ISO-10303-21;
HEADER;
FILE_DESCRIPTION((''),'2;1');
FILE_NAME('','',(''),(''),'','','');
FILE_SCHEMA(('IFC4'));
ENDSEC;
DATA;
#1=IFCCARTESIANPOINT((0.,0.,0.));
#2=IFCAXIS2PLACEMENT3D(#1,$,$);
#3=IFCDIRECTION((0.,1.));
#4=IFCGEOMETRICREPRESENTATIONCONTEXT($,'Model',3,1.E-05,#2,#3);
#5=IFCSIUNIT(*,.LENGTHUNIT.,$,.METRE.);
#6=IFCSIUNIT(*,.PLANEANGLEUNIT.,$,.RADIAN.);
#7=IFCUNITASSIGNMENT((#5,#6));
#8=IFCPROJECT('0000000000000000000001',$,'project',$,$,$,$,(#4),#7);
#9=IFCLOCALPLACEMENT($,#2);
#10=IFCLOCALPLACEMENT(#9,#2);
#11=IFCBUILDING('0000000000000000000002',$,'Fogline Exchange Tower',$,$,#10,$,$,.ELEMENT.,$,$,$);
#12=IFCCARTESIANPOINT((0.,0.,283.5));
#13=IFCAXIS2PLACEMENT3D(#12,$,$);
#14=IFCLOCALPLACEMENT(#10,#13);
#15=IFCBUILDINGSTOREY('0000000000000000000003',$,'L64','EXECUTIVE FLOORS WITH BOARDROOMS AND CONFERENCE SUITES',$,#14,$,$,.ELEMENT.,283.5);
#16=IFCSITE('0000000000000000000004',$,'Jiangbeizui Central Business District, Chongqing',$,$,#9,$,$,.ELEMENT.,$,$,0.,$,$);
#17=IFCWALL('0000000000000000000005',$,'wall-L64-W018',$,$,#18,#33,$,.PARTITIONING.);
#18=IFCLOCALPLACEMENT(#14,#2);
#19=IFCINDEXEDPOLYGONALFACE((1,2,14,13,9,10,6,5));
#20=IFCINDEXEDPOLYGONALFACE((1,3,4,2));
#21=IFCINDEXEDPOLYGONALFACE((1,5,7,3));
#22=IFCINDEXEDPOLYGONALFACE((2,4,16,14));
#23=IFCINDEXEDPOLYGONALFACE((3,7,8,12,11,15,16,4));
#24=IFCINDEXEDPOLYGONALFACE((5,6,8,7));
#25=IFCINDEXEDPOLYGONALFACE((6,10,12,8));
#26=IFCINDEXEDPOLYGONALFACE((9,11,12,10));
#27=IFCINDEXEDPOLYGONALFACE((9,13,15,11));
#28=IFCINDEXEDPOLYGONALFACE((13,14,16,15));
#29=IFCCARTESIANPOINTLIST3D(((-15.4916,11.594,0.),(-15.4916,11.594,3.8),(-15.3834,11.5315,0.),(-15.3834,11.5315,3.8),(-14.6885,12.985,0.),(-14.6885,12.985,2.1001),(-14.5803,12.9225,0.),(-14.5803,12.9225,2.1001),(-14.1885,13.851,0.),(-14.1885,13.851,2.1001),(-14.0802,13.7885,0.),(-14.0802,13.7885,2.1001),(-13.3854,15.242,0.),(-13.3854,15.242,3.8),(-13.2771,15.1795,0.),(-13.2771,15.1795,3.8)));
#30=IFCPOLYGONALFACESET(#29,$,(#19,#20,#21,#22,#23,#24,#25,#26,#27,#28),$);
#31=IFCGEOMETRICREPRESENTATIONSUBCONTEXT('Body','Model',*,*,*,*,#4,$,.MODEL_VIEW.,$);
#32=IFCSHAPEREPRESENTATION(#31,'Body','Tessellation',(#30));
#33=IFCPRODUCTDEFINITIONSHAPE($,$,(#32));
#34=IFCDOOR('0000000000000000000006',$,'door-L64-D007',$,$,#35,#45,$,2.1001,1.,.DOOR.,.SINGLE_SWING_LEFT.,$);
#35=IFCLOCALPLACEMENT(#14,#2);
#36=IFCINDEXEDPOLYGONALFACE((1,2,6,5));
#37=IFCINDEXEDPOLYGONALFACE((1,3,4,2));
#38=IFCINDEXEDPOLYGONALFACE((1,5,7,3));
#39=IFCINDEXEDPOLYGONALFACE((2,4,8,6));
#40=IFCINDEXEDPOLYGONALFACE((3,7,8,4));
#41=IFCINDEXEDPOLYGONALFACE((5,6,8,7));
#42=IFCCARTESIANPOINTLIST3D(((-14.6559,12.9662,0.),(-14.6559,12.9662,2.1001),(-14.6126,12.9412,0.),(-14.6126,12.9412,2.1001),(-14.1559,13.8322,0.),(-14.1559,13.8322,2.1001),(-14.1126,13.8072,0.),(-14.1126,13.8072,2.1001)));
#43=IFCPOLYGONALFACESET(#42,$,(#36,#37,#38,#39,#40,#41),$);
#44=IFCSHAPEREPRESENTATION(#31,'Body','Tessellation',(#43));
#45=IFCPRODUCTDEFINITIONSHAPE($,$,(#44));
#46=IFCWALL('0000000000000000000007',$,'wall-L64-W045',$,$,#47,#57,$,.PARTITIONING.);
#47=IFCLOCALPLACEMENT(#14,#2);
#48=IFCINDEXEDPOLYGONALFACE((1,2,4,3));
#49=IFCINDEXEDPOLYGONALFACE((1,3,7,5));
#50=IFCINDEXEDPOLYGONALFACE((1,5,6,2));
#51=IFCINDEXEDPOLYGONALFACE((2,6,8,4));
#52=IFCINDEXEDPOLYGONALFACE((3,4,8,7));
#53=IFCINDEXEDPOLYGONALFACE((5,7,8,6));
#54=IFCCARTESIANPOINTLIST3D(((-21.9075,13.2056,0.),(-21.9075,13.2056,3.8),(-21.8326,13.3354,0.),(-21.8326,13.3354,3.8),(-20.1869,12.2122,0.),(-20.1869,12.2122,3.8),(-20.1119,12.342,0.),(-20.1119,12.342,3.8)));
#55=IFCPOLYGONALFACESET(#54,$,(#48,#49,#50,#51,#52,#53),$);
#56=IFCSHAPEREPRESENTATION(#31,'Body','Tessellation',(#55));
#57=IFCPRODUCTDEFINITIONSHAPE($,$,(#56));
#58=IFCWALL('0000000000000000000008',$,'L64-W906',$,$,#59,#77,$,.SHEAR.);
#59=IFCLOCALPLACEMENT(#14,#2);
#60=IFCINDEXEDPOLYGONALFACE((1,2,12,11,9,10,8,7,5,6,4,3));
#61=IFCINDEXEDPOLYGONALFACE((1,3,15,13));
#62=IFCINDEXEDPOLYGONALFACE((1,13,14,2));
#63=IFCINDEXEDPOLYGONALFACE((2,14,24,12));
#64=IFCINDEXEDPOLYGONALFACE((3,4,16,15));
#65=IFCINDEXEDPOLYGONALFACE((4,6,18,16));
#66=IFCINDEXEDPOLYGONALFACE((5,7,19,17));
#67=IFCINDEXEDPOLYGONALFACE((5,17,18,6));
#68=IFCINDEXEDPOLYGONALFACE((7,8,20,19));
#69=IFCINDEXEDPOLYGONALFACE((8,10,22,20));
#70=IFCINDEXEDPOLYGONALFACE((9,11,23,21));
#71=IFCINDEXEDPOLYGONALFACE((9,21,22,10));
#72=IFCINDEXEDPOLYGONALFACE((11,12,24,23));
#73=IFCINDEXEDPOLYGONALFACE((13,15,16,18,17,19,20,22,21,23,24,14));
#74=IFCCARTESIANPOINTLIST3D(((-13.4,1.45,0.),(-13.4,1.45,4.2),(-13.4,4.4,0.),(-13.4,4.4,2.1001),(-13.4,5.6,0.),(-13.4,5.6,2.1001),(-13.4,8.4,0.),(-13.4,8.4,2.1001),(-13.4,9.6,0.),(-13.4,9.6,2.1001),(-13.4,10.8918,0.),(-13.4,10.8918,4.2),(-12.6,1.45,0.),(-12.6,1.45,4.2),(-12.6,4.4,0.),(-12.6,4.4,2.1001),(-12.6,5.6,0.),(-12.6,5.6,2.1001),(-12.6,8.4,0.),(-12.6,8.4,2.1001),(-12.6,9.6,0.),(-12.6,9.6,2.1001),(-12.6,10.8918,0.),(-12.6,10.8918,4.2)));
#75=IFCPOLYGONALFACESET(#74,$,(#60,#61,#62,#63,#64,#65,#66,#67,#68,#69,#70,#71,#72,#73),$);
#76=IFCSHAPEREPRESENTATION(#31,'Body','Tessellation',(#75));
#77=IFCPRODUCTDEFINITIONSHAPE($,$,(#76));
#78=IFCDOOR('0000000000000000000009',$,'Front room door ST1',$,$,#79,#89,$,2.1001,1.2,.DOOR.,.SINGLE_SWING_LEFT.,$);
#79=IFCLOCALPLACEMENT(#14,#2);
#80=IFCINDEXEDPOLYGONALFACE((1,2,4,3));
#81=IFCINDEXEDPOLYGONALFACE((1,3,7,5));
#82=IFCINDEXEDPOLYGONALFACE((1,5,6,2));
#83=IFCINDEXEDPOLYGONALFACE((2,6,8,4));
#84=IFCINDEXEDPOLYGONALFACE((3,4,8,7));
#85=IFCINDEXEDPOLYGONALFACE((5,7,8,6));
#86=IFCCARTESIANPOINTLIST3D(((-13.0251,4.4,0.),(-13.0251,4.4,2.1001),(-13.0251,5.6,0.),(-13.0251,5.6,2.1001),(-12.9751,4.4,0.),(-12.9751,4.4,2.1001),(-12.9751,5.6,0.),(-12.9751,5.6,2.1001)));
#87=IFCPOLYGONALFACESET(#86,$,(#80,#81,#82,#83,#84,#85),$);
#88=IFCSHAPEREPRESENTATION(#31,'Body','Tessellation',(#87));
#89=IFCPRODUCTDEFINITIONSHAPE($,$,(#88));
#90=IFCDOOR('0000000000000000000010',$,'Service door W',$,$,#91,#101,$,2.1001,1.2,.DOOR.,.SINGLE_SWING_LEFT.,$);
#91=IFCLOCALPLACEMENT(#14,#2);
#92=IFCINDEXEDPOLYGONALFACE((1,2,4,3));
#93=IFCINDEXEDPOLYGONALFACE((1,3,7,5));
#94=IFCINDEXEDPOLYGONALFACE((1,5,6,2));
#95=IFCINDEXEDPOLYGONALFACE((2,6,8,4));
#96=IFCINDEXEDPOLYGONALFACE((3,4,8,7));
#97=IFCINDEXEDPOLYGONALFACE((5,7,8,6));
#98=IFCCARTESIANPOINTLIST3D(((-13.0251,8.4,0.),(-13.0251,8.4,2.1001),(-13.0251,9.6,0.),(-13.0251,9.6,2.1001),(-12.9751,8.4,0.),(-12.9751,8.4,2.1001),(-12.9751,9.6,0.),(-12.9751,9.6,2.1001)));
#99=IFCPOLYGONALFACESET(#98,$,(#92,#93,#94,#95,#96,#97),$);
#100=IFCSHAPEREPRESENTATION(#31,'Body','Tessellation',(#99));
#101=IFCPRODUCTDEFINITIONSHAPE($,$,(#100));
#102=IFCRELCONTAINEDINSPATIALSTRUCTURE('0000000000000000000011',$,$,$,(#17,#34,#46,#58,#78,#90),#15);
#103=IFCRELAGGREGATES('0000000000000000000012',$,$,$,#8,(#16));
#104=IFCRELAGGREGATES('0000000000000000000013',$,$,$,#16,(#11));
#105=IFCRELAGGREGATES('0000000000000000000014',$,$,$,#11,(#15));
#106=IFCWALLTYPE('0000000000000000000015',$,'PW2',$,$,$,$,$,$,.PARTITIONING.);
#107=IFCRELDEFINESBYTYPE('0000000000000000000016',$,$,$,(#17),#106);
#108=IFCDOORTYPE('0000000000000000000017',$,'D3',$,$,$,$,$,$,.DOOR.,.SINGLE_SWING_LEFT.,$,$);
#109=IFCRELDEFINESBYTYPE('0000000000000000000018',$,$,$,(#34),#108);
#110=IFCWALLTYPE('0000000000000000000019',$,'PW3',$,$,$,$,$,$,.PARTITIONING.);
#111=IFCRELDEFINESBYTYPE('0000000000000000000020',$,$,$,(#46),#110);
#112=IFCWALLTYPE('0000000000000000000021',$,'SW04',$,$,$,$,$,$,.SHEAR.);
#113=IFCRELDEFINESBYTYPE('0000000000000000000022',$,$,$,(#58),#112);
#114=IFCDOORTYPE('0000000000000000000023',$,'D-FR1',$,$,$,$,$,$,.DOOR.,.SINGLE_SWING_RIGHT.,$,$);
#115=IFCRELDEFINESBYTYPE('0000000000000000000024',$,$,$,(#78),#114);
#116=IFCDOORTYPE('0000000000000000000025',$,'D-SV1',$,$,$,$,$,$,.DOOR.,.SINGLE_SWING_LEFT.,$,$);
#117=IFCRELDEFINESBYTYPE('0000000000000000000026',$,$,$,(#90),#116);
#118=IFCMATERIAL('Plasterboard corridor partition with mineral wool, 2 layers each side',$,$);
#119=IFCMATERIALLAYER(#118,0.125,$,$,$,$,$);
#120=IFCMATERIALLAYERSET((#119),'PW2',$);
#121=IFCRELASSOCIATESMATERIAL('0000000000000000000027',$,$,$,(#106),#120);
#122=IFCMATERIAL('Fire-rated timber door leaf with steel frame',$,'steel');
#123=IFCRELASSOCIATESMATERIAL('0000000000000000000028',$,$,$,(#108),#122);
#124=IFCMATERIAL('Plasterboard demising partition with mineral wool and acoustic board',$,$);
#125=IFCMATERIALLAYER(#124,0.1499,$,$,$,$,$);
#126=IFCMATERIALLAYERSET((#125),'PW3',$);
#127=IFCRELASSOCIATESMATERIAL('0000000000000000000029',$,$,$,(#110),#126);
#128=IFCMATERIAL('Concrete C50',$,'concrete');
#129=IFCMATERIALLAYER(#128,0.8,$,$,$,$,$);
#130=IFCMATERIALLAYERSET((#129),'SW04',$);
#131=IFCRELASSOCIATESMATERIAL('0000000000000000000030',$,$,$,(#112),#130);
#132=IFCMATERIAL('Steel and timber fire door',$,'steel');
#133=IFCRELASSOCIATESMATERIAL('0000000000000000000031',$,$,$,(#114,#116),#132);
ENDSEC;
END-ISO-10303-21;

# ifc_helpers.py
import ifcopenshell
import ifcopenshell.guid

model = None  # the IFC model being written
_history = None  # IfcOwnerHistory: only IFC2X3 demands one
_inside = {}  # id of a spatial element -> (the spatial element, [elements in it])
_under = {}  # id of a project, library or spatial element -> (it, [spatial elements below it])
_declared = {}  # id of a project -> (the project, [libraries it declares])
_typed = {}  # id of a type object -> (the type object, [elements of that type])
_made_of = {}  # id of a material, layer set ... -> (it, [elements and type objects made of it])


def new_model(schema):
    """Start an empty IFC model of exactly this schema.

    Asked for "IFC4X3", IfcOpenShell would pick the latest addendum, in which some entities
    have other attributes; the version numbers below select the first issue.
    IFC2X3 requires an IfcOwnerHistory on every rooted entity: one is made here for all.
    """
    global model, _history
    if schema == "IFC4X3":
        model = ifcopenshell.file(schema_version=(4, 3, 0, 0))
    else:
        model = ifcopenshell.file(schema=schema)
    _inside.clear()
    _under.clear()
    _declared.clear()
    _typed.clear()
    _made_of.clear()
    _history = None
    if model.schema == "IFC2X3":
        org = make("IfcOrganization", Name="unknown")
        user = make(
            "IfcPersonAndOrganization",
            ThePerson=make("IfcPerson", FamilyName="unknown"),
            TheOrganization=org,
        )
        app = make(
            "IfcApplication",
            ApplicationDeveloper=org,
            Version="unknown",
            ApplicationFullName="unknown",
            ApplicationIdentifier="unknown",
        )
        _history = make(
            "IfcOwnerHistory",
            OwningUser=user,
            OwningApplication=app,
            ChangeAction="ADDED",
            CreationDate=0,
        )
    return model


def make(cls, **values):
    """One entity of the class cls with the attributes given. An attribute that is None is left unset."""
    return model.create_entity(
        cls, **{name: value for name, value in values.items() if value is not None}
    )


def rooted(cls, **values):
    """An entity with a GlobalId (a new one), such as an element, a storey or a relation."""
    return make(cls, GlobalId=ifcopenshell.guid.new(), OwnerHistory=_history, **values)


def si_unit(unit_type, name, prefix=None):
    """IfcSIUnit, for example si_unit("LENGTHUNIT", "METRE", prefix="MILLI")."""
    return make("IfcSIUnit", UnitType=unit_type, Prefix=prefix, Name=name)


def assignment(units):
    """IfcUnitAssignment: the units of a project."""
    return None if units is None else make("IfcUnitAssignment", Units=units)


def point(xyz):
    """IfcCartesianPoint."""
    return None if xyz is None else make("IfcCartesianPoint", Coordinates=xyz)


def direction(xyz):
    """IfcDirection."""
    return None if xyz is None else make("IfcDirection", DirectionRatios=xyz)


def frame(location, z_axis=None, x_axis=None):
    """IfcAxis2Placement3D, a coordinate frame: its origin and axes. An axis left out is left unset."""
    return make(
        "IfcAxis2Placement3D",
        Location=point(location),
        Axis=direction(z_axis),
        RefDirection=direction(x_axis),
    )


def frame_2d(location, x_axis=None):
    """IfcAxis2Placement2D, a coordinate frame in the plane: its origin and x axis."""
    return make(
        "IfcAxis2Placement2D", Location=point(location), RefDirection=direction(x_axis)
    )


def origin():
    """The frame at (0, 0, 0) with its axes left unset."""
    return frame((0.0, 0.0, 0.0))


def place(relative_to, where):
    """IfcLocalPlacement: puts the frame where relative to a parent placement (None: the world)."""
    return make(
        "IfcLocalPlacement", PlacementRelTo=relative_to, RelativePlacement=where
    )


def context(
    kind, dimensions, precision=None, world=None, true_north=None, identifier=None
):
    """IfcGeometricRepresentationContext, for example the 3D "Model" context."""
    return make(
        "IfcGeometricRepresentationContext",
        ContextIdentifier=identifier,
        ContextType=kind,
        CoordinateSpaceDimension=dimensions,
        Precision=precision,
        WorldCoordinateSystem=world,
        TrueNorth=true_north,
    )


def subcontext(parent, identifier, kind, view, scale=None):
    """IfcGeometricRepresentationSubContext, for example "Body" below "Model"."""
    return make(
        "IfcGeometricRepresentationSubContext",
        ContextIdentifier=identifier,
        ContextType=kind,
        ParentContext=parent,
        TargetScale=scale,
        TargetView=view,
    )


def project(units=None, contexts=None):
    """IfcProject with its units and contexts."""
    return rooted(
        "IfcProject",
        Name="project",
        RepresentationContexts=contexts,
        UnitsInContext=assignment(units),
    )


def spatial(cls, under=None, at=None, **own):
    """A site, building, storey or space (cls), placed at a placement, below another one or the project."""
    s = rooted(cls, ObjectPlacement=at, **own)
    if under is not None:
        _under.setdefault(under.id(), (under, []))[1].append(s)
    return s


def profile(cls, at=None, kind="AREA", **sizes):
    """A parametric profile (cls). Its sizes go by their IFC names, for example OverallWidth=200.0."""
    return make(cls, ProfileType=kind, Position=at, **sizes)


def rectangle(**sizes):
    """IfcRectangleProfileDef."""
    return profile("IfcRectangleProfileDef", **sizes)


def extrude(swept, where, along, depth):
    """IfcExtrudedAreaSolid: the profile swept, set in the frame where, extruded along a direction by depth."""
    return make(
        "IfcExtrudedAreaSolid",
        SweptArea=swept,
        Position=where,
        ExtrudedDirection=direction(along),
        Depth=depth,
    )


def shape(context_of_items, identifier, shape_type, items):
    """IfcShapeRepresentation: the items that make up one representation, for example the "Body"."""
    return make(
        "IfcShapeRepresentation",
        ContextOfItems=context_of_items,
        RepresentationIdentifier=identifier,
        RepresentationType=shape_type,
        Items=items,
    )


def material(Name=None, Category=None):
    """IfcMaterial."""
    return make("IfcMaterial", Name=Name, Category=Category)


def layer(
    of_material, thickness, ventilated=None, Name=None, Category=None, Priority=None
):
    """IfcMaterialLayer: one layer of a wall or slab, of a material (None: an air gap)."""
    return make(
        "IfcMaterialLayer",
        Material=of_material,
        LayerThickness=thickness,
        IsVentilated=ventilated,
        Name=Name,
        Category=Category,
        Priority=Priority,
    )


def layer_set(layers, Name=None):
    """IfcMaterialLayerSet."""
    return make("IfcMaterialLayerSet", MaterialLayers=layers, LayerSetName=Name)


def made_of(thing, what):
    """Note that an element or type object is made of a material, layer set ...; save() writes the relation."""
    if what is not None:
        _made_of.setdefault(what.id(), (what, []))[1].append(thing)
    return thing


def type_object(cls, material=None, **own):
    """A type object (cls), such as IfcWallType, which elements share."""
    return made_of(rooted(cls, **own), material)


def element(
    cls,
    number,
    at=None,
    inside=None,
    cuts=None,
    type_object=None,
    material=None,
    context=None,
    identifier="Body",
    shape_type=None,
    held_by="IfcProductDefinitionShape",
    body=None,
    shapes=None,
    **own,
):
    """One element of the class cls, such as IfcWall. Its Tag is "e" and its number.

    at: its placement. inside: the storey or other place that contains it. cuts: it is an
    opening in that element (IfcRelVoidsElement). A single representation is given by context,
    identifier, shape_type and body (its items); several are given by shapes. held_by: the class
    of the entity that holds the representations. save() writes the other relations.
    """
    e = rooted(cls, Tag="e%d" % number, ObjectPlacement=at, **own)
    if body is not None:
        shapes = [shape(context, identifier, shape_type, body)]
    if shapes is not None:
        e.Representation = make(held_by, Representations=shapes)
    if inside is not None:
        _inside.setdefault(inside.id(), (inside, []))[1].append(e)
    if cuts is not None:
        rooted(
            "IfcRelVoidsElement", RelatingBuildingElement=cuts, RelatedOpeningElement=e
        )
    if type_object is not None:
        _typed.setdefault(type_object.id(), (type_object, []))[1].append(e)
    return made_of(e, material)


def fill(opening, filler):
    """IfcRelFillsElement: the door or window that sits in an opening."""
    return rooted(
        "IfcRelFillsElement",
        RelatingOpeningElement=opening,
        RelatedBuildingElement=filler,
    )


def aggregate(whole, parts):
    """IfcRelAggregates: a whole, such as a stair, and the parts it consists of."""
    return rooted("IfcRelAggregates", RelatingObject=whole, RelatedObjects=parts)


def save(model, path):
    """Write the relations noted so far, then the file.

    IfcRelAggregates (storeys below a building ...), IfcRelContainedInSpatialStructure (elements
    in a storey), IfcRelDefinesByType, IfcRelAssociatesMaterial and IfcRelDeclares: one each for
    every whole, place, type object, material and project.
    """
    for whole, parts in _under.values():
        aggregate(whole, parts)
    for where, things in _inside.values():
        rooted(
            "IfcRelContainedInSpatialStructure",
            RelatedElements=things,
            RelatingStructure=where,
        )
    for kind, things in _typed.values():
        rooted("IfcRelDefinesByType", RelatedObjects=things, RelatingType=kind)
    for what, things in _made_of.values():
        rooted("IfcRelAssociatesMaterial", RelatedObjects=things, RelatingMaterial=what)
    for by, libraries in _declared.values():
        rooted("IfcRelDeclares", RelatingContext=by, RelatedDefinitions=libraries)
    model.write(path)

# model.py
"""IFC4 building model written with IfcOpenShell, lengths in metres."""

from ifc_helpers import new_model, si_unit, direction, frame, frame_2d, origin, place, context, subcontext, project, spatial, rectangle, extrude, material, layer, layer_set, type_object, element, fill, save


model = new_model("IFC4")

# Units and contexts
model_context = context("Model", 3, precision=1e-05, world=origin(), true_north=direction((0.0, 1.0)))
body_context = subcontext(model_context, "Body", "Model", "MODEL_VIEW")
ifc_project = project(units=[si_unit("LENGTHUNIT", "METRE"), si_unit("PLANEANGLEUNIT", "RADIAN")], contexts=[model_context])

# Site, building, storey
site_placement = place(None, origin())
site = spatial("IfcSite", under=ifc_project, at=site_placement, Name="Jiangbeizui Central Business District, Chongqing", CompositionType="ELEMENT", RefElevation=0.0)
building_placement = place(site_placement, origin())
building = spatial("IfcBuilding", under=site, at=building_placement, Name="Fogline Exchange Tower", CompositionType="ELEMENT")
storey_placement = place(building_placement, frame((0.0, 0.0, 283.5)))
storey = spatial("IfcBuildingStorey", under=building, at=storey_placement, Name="L64", Description="EXECUTIVE FLOORS WITH BOARDROOMS AND CONFERENCE SUITES", CompositionType="ELEMENT", Elevation=283.5)

# Shared definitions
ifc_material_1 = material(Name="Plasterboard corridor partition with mineral wool, 2 layers each side")
ifc_layer_1 = layer(ifc_material_1, 0.125)
ifc_layer_set_1 = layer_set([ifc_layer_1], Name="PW2")
wall_type_1 = type_object("IfcWallType", Name="PW2", PredefinedType="PARTITIONING", material=ifc_layer_set_1)
ifc_material_2 = material(Name="Fire-rated timber door leaf with steel frame", Category="steel")
door_type_1 = type_object("IfcDoorType", Name="D3", OperationType="SINGLE_SWING_LEFT", PredefinedType="DOOR", material=ifc_material_2)

# Wall, opening, door
wall_1_placement = place(storey_placement, frame((-15.4375, 11.5627, 0.0), z_axis=(0.0, 0.0, 1.0), x_axis=(0.50001, 0.86602, 0.0)))
wall_1 = element("IfcWall", 1, at=wall_1_placement, inside=storey, type_object=wall_type_1, Name="wall-L64-W018", PredefinedType="PARTITIONING", context=body_context, shape_type="SweptSolid", body=[
    extrude(rectangle(XDim=4.2124, YDim=0.125, at=frame_2d((2.1062, 0.0))), origin(), (0.0, 0.0, 1.0), 3.8),
])
opening_1_placement = place(wall_1_placement, frame((1.6062, 0.0, 0.0)))
opening_1 = element("IfcOpeningElement", 2, at=opening_1_placement, cuts=wall_1, PredefinedType="OPENING", context=body_context, shape_type="SweptSolid", body=[
    extrude(rectangle(XDim=1.0, YDim=2.1001, at=frame_2d((0.5, 1.05))), frame((0.0, 0.0725, 0.0), z_axis=(0.0, -1.0, 0.0), x_axis=(1.0, 0.0, 0.0)), (0.0, 0.0, 1.0), 0.145),
])
door_1_placement = place(opening_1_placement, origin())
door_1 = element("IfcDoor", 3, at=door_1_placement, inside=storey, type_object=door_type_1, Name="door-L64-D007", OperationType="SINGLE_SWING_LEFT", OverallHeight=2.1001, OverallWidth=1.0, PredefinedType="DOOR", context=body_context, shape_type="SweptSolid", body=[
    extrude(rectangle(XDim=1.0, YDim=2.1001, at=frame_2d((0.5, 1.05))), frame((0.0, 0.0249, 0.0), z_axis=(0.0, -1.0, 0.0), x_axis=(1.0, 0.0, 0.0)), (0.0, 0.0, 1.0), 0.05),
])
fill(opening_1, door_1)

# Wall
ifc_material_3 = material(Name="Plasterboard demising partition with mineral wool and acoustic board")
ifc_layer_2 = layer(ifc_material_3, 0.1499)
ifc_layer_set_2 = layer_set([ifc_layer_2], Name="PW3")
wall_type_2 = type_object("IfcWallType", Name="PW3", PredefinedType="PARTITIONING", material=ifc_layer_set_2)
wall_2_placement = place(storey_placement, frame((-20.1494, 12.2771, 0.0), z_axis=(0.0, 0.0, 1.0), x_axis=(-0.866034, 0.499985, 0.0)))
element("IfcWall", 4, at=wall_2_placement, inside=storey, type_object=wall_type_2, Name="wall-L64-W045", PredefinedType="PARTITIONING", context=body_context, shape_type="SweptSolid", body=[
    extrude(rectangle(XDim=1.9868, YDim=0.1499, at=frame_2d((0.9934, 0.0))), origin(), (0.0, 0.0, 1.0), 3.8),
])

# Wall, openings, doors
ifc_material_4 = material(Name="Concrete C50", Category="concrete")
ifc_layer_3 = layer(ifc_material_4, 0.8)
ifc_layer_set_3 = layer_set([ifc_layer_3], Name="SW04")
wall_type_3 = type_object("IfcWallType", Name="SW04", PredefinedType="SHEAR", material=ifc_layer_set_3)
wall_3_placement = place(storey_placement, frame((-13.0, 10.8918, 0.0), z_axis=(0.0, 0.0, 1.0), x_axis=(0.0, -1.0, 0.0)))
wall_3 = element("IfcWall", 5, at=wall_3_placement, inside=storey, type_object=wall_type_3, Name="L64-W906", PredefinedType="SHEAR", context=body_context, shape_type="SweptSolid", body=[
    extrude(rectangle(XDim=9.4419, YDim=0.8, at=frame_2d((4.7209, 0.0))), origin(), (0.0, 0.0, 1.0), 4.2),
])
opening_2_placement = place(wall_3_placement, frame((5.2917, 0.0, 0.0)))
opening_2 = element("IfcOpeningElement", 6, at=opening_2_placement, cuts=wall_3, PredefinedType="OPENING", context=body_context, shape_type="SweptSolid", body=[
    extrude(rectangle(XDim=1.2, YDim=2.1001, at=frame_2d((0.6001, 1.05))), frame((0.0, 0.4102, 0.0), z_axis=(0.0, -1.0, 0.0), x_axis=(1.0, 0.0, 0.0)), (0.0, 0.0, 1.0), 0.8201),
])
opening_3_placement = place(wall_3_placement, frame((1.2917, 0.0, 0.0)))
opening_3 = element("IfcOpeningElement", 7, at=opening_3_placement, cuts=wall_3, PredefinedType="OPENING", context=body_context, shape_type="SweptSolid", body=[
    extrude(rectangle(XDim=1.2, YDim=2.1001, at=frame_2d((0.6001, 1.05))), frame((0.0, 0.4102, 0.0), z_axis=(0.0, -1.0, 0.0), x_axis=(1.0, 0.0, 0.0)), (0.0, 0.0, 1.0), 0.8201),
])
ifc_material_5 = material(Name="Steel and timber fire door", Category="steel")
door_type_2 = type_object("IfcDoorType", Name="D-FR1", OperationType="SINGLE_SWING_RIGHT", PredefinedType="DOOR", material=ifc_material_5)
door_2_placement = place(opening_2_placement, origin())
door_2 = element("IfcDoor", 8, at=door_2_placement, inside=storey, type_object=door_type_2, Name="Front room door ST1", OperationType="SINGLE_SWING_LEFT", OverallHeight=2.1001, OverallWidth=1.2, PredefinedType="DOOR", context=body_context, shape_type="SweptSolid", body=[
    extrude(rectangle(XDim=1.2, YDim=2.1001, at=frame_2d((0.6001, 1.05))), frame((0.0, 0.0249, 0.0), z_axis=(0.0, -1.0, 0.0), x_axis=(1.0, 0.0, 0.0)), (0.0, 0.0, 1.0), 0.05),
])
fill(opening_2, door_2)
door_type_3 = type_object("IfcDoorType", Name="D-SV1", OperationType="SINGLE_SWING_LEFT", PredefinedType="DOOR", material=ifc_material_5)
door_3_placement = place(opening_3_placement, origin())
door_3 = element("IfcDoor", 9, at=door_3_placement, inside=storey, type_object=door_type_3, Name="Service door W", OperationType="SINGLE_SWING_LEFT", OverallHeight=2.1001, OverallWidth=1.2, PredefinedType="DOOR", context=body_context, shape_type="SweptSolid", body=[
    extrude(rectangle(XDim=1.2, YDim=2.1001, at=frame_2d((0.6001, 1.05))), frame((0.0, 0.0249, 0.0), z_axis=(0.0, -1.0, 0.0), x_axis=(1.0, 0.0, 0.0)), (0.0, 0.0, 1.0), 0.05),
])
fill(opening_3, door_3)

save(model, "model.ifc")
